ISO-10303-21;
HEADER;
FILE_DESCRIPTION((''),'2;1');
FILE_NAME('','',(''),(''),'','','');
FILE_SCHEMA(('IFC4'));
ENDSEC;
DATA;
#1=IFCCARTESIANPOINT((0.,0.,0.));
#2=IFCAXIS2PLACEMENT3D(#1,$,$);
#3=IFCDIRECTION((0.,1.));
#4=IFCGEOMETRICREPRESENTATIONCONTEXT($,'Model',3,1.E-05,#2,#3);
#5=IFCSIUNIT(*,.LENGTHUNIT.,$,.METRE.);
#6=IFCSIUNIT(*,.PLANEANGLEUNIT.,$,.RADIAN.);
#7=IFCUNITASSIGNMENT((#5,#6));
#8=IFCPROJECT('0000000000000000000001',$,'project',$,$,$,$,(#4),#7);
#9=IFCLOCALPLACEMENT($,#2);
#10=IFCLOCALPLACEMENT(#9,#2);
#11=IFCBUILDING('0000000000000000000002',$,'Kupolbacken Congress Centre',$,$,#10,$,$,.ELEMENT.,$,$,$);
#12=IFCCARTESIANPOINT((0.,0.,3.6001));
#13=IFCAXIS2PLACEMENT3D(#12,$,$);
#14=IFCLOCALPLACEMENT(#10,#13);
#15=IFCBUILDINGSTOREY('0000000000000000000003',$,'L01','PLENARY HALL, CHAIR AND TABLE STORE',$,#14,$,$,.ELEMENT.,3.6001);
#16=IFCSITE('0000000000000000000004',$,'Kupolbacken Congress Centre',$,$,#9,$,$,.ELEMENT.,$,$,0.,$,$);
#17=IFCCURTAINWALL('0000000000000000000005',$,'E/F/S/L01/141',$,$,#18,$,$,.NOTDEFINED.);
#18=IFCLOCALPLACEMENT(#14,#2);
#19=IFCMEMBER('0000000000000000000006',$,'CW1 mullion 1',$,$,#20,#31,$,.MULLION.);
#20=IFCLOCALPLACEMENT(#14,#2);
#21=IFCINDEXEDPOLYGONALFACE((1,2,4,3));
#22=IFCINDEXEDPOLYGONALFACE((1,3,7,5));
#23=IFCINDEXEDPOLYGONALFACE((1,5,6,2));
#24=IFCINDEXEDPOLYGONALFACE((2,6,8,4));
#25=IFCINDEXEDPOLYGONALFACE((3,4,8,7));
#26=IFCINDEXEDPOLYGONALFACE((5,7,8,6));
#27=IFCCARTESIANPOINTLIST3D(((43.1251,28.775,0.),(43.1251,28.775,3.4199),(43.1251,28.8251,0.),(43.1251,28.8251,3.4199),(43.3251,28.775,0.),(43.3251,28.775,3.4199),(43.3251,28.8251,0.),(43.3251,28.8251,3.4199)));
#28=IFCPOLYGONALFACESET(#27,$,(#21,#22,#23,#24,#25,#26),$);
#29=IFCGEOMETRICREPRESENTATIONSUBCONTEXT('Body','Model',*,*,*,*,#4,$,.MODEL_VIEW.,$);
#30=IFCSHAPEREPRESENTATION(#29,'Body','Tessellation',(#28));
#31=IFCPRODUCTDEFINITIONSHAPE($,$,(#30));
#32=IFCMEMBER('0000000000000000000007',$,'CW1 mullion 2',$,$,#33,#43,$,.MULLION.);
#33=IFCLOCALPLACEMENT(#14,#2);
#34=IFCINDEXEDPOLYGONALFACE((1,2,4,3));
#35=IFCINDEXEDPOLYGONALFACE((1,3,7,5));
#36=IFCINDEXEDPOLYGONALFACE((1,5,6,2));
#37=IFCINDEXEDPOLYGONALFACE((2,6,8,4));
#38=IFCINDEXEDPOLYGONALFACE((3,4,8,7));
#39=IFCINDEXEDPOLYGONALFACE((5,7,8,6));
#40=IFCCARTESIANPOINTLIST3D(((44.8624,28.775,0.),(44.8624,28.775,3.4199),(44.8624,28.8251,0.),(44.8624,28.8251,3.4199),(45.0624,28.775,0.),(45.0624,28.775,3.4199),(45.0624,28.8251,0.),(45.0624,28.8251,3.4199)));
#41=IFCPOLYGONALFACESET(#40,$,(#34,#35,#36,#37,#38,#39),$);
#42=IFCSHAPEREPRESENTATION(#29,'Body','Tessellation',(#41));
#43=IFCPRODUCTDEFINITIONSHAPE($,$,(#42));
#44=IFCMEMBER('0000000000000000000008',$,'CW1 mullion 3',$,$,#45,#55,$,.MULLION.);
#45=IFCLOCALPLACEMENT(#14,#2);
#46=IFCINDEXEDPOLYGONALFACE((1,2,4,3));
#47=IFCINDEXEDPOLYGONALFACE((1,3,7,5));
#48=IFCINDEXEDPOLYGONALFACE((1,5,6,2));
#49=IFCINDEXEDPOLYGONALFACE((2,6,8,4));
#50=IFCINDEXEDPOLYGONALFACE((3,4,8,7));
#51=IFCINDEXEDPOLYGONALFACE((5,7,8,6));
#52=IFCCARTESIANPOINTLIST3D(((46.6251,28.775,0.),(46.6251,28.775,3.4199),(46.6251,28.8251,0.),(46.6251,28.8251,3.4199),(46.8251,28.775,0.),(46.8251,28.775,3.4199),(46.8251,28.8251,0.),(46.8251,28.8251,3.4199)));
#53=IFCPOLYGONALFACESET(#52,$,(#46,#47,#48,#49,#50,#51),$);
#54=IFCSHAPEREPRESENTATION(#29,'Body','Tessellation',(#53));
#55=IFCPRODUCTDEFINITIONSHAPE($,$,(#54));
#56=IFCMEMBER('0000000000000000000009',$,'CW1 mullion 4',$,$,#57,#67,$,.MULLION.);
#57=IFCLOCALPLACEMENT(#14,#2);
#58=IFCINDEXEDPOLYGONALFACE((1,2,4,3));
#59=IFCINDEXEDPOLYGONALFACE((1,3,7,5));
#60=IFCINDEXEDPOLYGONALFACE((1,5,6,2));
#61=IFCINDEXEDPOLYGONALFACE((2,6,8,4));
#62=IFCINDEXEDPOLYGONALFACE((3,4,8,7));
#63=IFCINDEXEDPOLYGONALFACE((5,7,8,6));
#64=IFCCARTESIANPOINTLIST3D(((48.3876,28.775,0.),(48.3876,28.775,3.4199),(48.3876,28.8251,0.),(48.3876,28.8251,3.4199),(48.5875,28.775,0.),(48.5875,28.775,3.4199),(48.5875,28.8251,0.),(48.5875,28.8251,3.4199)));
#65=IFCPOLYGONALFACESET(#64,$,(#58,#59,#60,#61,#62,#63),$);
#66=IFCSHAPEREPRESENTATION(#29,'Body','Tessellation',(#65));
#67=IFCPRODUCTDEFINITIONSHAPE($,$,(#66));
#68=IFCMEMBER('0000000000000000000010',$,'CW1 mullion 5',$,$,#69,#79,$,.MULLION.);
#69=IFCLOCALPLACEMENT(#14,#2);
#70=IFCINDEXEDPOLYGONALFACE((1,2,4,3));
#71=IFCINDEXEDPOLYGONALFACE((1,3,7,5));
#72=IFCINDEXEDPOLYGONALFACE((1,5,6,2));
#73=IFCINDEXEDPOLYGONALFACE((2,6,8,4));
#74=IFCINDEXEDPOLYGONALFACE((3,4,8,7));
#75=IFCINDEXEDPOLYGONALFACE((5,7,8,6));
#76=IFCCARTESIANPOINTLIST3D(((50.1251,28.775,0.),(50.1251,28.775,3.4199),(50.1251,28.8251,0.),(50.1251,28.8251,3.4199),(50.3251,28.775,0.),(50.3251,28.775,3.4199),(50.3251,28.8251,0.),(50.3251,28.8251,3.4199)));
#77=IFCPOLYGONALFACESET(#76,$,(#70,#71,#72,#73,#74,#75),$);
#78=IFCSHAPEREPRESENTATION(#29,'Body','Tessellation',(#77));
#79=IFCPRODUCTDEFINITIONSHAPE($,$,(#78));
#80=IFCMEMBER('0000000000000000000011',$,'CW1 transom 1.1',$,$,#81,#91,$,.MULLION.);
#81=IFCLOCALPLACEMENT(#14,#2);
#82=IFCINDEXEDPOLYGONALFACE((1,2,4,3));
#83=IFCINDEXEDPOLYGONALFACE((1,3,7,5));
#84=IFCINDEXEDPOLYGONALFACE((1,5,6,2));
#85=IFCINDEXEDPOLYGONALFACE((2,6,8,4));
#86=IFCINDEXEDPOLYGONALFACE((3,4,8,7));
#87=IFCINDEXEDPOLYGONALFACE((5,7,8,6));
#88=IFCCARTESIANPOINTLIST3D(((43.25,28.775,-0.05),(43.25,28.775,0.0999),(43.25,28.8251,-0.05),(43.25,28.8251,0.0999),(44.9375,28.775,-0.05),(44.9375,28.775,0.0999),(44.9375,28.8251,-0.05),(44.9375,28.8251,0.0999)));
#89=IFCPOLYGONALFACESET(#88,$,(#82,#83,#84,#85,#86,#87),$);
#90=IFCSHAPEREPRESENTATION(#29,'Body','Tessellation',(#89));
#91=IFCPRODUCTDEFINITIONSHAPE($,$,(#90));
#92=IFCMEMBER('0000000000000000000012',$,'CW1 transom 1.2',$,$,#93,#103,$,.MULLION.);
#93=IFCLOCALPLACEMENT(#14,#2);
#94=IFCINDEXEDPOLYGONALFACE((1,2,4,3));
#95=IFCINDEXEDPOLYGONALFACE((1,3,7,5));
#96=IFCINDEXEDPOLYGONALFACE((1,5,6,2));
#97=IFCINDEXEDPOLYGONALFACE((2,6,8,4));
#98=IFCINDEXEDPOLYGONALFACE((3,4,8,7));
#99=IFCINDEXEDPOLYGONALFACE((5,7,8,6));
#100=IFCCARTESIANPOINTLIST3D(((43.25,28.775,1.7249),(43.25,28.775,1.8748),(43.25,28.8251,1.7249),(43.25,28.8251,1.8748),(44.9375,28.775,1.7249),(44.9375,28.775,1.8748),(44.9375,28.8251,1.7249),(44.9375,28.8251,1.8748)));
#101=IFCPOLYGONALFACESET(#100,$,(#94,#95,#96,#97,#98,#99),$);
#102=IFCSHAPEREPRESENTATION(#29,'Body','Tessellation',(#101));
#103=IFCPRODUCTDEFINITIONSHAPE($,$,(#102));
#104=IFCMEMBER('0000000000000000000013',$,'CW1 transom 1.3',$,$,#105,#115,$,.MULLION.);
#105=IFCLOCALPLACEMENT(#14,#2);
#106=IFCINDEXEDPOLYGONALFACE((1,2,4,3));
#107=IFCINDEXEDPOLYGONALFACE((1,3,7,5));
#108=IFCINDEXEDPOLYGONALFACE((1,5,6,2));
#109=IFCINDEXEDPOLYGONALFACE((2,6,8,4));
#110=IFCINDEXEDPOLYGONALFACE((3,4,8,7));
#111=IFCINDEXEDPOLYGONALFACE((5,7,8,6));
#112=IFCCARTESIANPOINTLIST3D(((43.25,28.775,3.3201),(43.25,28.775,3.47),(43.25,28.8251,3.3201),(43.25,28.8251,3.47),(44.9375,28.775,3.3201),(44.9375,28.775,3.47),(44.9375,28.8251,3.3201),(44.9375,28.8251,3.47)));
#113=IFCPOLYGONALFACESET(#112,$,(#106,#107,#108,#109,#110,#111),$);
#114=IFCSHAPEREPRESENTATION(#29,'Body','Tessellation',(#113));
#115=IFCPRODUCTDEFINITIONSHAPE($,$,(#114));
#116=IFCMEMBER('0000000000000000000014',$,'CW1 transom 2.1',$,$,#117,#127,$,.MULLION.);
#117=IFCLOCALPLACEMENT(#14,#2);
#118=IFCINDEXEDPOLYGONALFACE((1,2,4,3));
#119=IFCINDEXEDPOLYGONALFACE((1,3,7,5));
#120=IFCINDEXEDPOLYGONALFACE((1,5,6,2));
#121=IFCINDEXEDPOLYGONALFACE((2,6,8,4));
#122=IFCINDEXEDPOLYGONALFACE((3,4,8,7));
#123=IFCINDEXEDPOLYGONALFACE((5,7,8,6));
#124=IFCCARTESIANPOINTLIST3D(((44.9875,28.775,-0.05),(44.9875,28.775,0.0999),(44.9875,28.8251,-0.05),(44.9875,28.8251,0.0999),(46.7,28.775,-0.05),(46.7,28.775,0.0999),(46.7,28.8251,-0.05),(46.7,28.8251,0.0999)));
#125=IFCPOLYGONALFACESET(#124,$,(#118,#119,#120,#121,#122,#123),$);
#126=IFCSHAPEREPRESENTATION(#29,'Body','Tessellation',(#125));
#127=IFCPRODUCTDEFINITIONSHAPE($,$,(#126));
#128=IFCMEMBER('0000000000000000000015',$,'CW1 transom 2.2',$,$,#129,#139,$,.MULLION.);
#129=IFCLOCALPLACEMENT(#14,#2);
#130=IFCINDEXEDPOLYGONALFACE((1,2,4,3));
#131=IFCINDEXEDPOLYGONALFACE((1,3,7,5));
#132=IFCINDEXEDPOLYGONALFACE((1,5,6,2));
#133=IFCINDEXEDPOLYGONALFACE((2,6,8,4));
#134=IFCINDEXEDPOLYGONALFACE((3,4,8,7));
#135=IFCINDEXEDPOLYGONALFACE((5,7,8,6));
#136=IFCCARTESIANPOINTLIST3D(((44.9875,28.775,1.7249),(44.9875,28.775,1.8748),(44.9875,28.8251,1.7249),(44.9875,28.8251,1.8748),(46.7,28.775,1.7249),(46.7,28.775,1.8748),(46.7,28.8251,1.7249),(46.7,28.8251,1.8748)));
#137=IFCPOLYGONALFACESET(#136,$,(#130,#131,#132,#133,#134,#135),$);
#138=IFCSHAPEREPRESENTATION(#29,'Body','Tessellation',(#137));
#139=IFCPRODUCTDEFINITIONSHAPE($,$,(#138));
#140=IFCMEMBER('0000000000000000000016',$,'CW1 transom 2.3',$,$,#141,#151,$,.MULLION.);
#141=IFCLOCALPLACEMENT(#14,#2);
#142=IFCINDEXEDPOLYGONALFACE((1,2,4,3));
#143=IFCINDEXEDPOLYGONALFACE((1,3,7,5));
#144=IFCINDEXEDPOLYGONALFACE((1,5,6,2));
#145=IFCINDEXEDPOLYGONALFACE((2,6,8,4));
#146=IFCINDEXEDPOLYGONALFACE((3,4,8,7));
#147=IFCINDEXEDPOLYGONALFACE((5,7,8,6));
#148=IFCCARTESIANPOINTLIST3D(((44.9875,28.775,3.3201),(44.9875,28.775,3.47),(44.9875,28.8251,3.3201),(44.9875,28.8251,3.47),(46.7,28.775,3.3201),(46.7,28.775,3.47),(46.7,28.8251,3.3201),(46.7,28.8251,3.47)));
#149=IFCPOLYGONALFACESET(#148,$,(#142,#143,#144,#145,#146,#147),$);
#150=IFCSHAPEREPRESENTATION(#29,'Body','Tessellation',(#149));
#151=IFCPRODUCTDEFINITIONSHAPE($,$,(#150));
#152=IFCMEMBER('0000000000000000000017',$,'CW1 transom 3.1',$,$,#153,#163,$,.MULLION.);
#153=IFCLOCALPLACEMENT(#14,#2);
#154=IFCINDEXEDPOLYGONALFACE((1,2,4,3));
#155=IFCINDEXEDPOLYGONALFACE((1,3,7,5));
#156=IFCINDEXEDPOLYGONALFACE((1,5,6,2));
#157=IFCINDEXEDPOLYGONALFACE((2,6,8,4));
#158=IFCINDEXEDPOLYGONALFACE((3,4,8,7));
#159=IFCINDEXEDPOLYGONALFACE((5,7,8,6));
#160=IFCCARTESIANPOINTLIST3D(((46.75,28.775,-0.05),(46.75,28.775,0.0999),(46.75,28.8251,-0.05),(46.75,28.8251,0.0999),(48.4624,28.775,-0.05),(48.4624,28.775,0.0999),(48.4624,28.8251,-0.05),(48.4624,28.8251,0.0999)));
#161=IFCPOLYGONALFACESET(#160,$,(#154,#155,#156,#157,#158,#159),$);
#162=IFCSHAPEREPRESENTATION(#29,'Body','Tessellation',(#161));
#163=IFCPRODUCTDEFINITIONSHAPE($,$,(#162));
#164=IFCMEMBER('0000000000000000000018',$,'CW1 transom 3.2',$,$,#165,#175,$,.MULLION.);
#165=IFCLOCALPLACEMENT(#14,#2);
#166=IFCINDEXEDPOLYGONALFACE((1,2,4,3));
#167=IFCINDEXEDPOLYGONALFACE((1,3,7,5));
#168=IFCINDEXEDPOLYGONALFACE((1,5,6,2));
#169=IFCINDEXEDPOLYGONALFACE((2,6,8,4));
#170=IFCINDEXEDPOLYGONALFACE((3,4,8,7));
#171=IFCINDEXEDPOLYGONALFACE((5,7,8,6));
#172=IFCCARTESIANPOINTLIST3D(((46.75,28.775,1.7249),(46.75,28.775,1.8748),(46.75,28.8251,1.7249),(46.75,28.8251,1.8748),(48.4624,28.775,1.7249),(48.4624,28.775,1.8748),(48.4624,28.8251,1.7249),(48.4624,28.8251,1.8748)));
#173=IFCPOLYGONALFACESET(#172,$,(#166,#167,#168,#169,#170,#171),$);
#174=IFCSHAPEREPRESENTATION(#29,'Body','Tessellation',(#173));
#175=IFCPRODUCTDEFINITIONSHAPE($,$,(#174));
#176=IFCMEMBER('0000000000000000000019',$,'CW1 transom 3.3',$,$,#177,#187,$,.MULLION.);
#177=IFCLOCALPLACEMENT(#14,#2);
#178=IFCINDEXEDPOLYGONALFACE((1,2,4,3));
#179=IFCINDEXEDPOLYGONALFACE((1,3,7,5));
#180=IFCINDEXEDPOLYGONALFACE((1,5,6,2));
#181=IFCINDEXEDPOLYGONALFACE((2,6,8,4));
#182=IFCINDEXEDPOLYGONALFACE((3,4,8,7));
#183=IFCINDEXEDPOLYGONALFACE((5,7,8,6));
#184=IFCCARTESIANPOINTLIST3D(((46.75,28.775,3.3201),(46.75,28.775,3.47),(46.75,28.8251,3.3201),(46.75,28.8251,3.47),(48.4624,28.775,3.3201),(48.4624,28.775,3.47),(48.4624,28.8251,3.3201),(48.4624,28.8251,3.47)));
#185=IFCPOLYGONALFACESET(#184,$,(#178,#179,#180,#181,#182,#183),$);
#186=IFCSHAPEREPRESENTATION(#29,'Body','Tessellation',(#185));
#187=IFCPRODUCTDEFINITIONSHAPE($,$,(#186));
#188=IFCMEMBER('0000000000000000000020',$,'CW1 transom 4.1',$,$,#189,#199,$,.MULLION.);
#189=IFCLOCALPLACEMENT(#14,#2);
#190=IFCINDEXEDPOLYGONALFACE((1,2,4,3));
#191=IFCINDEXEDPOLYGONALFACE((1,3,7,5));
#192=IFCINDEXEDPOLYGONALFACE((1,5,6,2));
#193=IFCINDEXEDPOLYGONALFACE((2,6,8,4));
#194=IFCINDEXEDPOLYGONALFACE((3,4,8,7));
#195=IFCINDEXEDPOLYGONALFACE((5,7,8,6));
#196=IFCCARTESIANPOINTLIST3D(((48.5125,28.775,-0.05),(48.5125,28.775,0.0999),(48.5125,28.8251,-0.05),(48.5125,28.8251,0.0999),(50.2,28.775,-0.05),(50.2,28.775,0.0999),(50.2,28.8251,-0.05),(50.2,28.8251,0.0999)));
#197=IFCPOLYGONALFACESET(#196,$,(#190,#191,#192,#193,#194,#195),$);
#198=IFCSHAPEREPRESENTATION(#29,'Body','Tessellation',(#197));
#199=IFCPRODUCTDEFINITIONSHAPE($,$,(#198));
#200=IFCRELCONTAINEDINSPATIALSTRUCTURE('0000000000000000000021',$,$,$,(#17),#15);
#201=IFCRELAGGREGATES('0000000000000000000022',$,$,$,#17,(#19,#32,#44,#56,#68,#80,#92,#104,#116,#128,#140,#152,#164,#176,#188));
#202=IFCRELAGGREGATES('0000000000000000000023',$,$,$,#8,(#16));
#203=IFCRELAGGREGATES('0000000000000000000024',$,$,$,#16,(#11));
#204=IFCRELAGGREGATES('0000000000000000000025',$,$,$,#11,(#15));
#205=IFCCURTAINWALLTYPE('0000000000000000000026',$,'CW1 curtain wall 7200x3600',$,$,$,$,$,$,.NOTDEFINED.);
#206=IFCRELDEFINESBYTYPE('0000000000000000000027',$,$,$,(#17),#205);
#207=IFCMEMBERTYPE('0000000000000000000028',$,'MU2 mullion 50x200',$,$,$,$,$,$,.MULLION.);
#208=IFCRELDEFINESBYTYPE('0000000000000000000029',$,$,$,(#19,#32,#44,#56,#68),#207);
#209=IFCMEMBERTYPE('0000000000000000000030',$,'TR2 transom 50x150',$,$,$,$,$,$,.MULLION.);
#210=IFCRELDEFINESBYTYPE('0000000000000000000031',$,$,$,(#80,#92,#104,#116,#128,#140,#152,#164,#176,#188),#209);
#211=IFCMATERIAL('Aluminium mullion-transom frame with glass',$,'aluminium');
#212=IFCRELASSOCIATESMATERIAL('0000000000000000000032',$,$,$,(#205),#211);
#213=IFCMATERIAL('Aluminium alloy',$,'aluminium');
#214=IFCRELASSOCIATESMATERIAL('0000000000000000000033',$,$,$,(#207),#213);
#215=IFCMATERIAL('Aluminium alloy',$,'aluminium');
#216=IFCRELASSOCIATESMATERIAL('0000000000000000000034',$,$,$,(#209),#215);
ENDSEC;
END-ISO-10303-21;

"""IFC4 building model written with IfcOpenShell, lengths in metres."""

from ifc_helpers import new_model, si_unit, direction, frame, origin, origin_2d, place, context, subcontext, project, spatial, rectangle, extrude, material, material_profile, profile_set, type_object, element, aggregate, save


model = new_model("IFC4")

# Units and contexts
model_context = context("Model", 3, precision=1e-05, world=origin(), true_north=direction((0.0, 1.0)))
body_context = subcontext(model_context, "Body", "Model", "MODEL_VIEW")
ifc_project = project(units=[si_unit("LENGTHUNIT", "METRE"), si_unit("PLANEANGLEUNIT", "RADIAN")], contexts=[model_context])

# Site, building, storey
site_placement = place(None, origin())
site = spatial("IfcSite", under=ifc_project, at=site_placement, Name="Kupolbacken Congress Centre", CompositionType="ELEMENT", RefElevation=0.0)
building_placement = place(site_placement, origin())
building = spatial("IfcBuilding", under=site, at=building_placement, Name="Kupolbacken Congress Centre", CompositionType="ELEMENT")
storey_placement = place(building_placement, frame((0.0, 0.0, 3.6001)))
storey = spatial("IfcBuildingStorey", under=building, at=storey_placement, Name="L01", Description="PLENARY HALL, CHAIR AND TABLE STORE", CompositionType="ELEMENT", Elevation=3.6001)

# Curtain wall, members
ifc_material_1 = material(Name="Aluminium mullion-transom frame with glass", Category="aluminium")
curtain_wall_type = type_object("IfcCurtainWallType", Name="CW1 curtain wall 7200x3600", PredefinedType="NOTDEFINED", material=ifc_material_1)
curtain_wall_placement = place(storey_placement, origin())
curtain_wall = element("IfcCurtainWall", 1, at=curtain_wall_placement, inside=storey, type_object=curtain_wall_type, Name="E/F/S/L01/141", PredefinedType="NOTDEFINED")
ifc_material_2 = material(Name="Aluminium alloy", Category="aluminium")
ifc_material_profile_1 = material_profile(ifc_material_2, rectangle(XDim=0.05, YDim=0.2, at=origin_2d()), Name="50 x 200")
ifc_profile_set_1 = profile_set([ifc_material_profile_1], Name="Aluminium alloy")
member_type_1 = type_object("IfcMemberType", Name="MU2 mullion 50x200", PredefinedType="MULLION", material=ifc_profile_set_1)
member_1_placement = place(storey_placement, frame((43.2251, 28.8, 0.0), z_axis=(0.0, 0.0, 1.0), x_axis=(0.0, 1.0, 0.0)))
member_1 = element("IfcMember", 2, at=member_1_placement, type_object=member_type_1, Name="CW1 mullion 1", PredefinedType="MULLION", context=body_context, shape_type="SweptSolid", body=[
    extrude(rectangle(XDim=0.05, YDim=0.2, at=origin_2d()), origin(), (0.0, 0.0, 1.0), 3.4199),
])
member_2_placement = place(storey_placement, frame((44.9624, 28.8, 0.0), z_axis=(0.0, 0.0, 1.0), x_axis=(0.0, 1.0, 0.0)))
member_2 = element("IfcMember", 3, at=member_2_placement, type_object=member_type_1, Name="CW1 mullion 2", PredefinedType="MULLION", context=body_context, shape_type="SweptSolid", body=[
    extrude(rectangle(XDim=0.05, YDim=0.2, at=origin_2d()), origin(), (0.0, 0.0, 1.0), 3.4199),
])
member_3_placement = place(storey_placement, frame((46.7251, 28.8, 0.0), z_axis=(0.0, 0.0, 1.0), x_axis=(0.0, 1.0, 0.0)))
member_3 = element("IfcMember", 4, at=member_3_placement, type_object=member_type_1, Name="CW1 mullion 3", PredefinedType="MULLION", context=body_context, shape_type="SweptSolid", body=[
    extrude(rectangle(XDim=0.05, YDim=0.2, at=origin_2d()), origin(), (0.0, 0.0, 1.0), 3.4199),
])
member_4_placement = place(storey_placement, frame((48.4875, 28.8, 0.0), z_axis=(0.0, 0.0, 1.0), x_axis=(0.0, 1.0, 0.0)))
member_4 = element("IfcMember", 5, at=member_4_placement, type_object=member_type_1, Name="CW1 mullion 4", PredefinedType="MULLION", context=body_context, shape_type="SweptSolid", body=[
    extrude(rectangle(XDim=0.05, YDim=0.2, at=origin_2d()), origin(), (0.0, 0.0, 1.0), 3.4199),
])
member_5_placement = place(storey_placement, frame((50.2251, 28.8, 0.0), z_axis=(0.0, 0.0, 1.0), x_axis=(0.0, 1.0, 0.0)))
member_5 = element("IfcMember", 6, at=member_5_placement, type_object=member_type_1, Name="CW1 mullion 5", PredefinedType="MULLION", context=body_context, shape_type="SweptSolid", body=[
    extrude(rectangle(XDim=0.05, YDim=0.2, at=origin_2d()), origin(), (0.0, 0.0, 1.0), 3.4199),
])
ifc_material_3 = material(Name="Aluminium alloy", Category="aluminium")
ifc_material_profile_2 = material_profile(ifc_material_3, rectangle(XDim=0.05, YDim=0.1499, at=origin_2d()), Name="50 x 150")
ifc_profile_set_2 = profile_set([ifc_material_profile_2], Name="Aluminium alloy")
member_type_2 = type_object("IfcMemberType", Name="TR2 transom 50x150", PredefinedType="MULLION", material=ifc_profile_set_2)
member_6_placement = place(storey_placement, frame((43.25, 28.8, 0.0249), z_axis=(1.0, 0.0, 0.0), x_axis=(0.0, 1.0, 0.0)))
member_6 = element("IfcMember", 7, at=member_6_placement, type_object=member_type_2, Name="CW1 transom 1.1", PredefinedType="MULLION", context=body_context, shape_type="SweptSolid", body=[
    extrude(rectangle(XDim=0.05, YDim=0.1499, at=origin_2d()), origin(), (0.0, 0.0, 1.0), 1.6875),
])
member_7_placement = place(storey_placement, frame((43.25, 28.8, 1.7998), z_axis=(1.0, 0.0, 0.0), x_axis=(0.0, 1.0, 0.0)))
member_7 = element("IfcMember", 8, at=member_7_placement, type_object=member_type_2, Name="CW1 transom 1.2", PredefinedType="MULLION", context=body_context, shape_type="SweptSolid", body=[
    extrude(rectangle(XDim=0.05, YDim=0.1499, at=origin_2d()), origin(), (0.0, 0.0, 1.0), 1.6875),
])
member_8_placement = place(storey_placement, frame((43.25, 28.8, 3.395), z_axis=(1.0, 0.0, 0.0), x_axis=(0.0, 1.0, 0.0)))
member_8 = element("IfcMember", 9, at=member_8_placement, type_object=member_type_2, Name="CW1 transom 1.3", PredefinedType="MULLION", context=body_context, shape_type="SweptSolid", body=[
    extrude(rectangle(XDim=0.05, YDim=0.1499, at=origin_2d()), origin(), (0.0, 0.0, 1.0), 1.6875),
])
member_9_placement = place(storey_placement, frame((44.9875, 28.8, 0.0249), z_axis=(1.0, 0.0, 0.0), x_axis=(0.0, 1.0, 0.0)))
member_9 = element("IfcMember", 10, at=member_9_placement, type_object=member_type_2, Name="CW1 transom 2.1", PredefinedType="MULLION", context=body_context, shape_type="SweptSolid", body=[
    extrude(rectangle(XDim=0.05, YDim=0.1499, at=origin_2d()), origin(), (0.0, 0.0, 1.0), 1.7124),
])
member_10_placement = place(storey_placement, frame((44.9875, 28.8, 1.7998), z_axis=(1.0, 0.0, 0.0), x_axis=(0.0, 1.0, 0.0)))
member_10 = element("IfcMember", 11, at=member_10_placement, type_object=member_type_2, Name="CW1 transom 2.2", PredefinedType="MULLION", context=body_context, shape_type="SweptSolid", body=[
    extrude(rectangle(XDim=0.05, YDim=0.1499, at=origin_2d()), origin(), (0.0, 0.0, 1.0), 1.7124),
])
member_11_placement = place(storey_placement, frame((44.9875, 28.8, 3.395), z_axis=(1.0, 0.0, 0.0), x_axis=(0.0, 1.0, 0.0)))
member_11 = element("IfcMember", 12, at=member_11_placement, type_object=member_type_2, Name="CW1 transom 2.3", PredefinedType="MULLION", context=body_context, shape_type="SweptSolid", body=[
    extrude(rectangle(XDim=0.05, YDim=0.1499, at=origin_2d()), origin(), (0.0, 0.0, 1.0), 1.7124),
])
member_12_placement = place(storey_placement, frame((46.75, 28.8, 0.0249), z_axis=(1.0, 0.0, 0.0), x_axis=(0.0, 1.0, 0.0)))
member_12 = element("IfcMember", 13, at=member_12_placement, type_object=member_type_2, Name="CW1 transom 3.1", PredefinedType="MULLION", context=body_context, shape_type="SweptSolid", body=[
    extrude(rectangle(XDim=0.05, YDim=0.1499, at=origin_2d()), origin(), (0.0, 0.0, 1.0), 1.7124),
])
member_13_placement = place(storey_placement, frame((46.75, 28.8, 1.7998), z_axis=(1.0, 0.0, 0.0), x_axis=(0.0, 1.0, 0.0)))
member_13 = element("IfcMember", 14, at=member_13_placement, type_object=member_type_2, Name="CW1 transom 3.2", PredefinedType="MULLION", context=body_context, shape_type="SweptSolid", body=[
    extrude(rectangle(XDim=0.05, YDim=0.1499, at=origin_2d()), origin(), (0.0, 0.0, 1.0), 1.7124),
])
member_14_placement = place(storey_placement, frame((46.75, 28.8, 3.395), z_axis=(1.0, 0.0, 0.0), x_axis=(0.0, 1.0, 0.0)))
member_14 = element("IfcMember", 15, at=member_14_placement, type_object=member_type_2, Name="CW1 transom 3.3", PredefinedType="MULLION", context=body_context, shape_type="SweptSolid", body=[
    extrude(rectangle(XDim=0.05, YDim=0.1499, at=origin_2d()), origin(), (0.0, 0.0, 1.0), 1.7124),
])
member_15_placement = place(storey_placement, frame((48.5125, 28.8, 0.0249), z_axis=(1.0, 0.0, 0.0), x_axis=(0.0, 1.0, 0.0)))
member_15 = element("IfcMember", 16, at=member_15_placement, type_object=member_type_2, Name="CW1 transom 4.1", PredefinedType="MULLION", context=body_context, shape_type="SweptSolid", body=[
    extrude(rectangle(XDim=0.05, YDim=0.1499, at=origin_2d()), origin(), (0.0, 0.0, 1.0), 1.6875),
])
aggregate(curtain_wall, [member_1, member_2, member_3, member_4, member_5, member_6, member_7, member_8, member_9, member_10, member_11, member_12, member_13, member_14, member_15])

save(model, "model.ifc")
